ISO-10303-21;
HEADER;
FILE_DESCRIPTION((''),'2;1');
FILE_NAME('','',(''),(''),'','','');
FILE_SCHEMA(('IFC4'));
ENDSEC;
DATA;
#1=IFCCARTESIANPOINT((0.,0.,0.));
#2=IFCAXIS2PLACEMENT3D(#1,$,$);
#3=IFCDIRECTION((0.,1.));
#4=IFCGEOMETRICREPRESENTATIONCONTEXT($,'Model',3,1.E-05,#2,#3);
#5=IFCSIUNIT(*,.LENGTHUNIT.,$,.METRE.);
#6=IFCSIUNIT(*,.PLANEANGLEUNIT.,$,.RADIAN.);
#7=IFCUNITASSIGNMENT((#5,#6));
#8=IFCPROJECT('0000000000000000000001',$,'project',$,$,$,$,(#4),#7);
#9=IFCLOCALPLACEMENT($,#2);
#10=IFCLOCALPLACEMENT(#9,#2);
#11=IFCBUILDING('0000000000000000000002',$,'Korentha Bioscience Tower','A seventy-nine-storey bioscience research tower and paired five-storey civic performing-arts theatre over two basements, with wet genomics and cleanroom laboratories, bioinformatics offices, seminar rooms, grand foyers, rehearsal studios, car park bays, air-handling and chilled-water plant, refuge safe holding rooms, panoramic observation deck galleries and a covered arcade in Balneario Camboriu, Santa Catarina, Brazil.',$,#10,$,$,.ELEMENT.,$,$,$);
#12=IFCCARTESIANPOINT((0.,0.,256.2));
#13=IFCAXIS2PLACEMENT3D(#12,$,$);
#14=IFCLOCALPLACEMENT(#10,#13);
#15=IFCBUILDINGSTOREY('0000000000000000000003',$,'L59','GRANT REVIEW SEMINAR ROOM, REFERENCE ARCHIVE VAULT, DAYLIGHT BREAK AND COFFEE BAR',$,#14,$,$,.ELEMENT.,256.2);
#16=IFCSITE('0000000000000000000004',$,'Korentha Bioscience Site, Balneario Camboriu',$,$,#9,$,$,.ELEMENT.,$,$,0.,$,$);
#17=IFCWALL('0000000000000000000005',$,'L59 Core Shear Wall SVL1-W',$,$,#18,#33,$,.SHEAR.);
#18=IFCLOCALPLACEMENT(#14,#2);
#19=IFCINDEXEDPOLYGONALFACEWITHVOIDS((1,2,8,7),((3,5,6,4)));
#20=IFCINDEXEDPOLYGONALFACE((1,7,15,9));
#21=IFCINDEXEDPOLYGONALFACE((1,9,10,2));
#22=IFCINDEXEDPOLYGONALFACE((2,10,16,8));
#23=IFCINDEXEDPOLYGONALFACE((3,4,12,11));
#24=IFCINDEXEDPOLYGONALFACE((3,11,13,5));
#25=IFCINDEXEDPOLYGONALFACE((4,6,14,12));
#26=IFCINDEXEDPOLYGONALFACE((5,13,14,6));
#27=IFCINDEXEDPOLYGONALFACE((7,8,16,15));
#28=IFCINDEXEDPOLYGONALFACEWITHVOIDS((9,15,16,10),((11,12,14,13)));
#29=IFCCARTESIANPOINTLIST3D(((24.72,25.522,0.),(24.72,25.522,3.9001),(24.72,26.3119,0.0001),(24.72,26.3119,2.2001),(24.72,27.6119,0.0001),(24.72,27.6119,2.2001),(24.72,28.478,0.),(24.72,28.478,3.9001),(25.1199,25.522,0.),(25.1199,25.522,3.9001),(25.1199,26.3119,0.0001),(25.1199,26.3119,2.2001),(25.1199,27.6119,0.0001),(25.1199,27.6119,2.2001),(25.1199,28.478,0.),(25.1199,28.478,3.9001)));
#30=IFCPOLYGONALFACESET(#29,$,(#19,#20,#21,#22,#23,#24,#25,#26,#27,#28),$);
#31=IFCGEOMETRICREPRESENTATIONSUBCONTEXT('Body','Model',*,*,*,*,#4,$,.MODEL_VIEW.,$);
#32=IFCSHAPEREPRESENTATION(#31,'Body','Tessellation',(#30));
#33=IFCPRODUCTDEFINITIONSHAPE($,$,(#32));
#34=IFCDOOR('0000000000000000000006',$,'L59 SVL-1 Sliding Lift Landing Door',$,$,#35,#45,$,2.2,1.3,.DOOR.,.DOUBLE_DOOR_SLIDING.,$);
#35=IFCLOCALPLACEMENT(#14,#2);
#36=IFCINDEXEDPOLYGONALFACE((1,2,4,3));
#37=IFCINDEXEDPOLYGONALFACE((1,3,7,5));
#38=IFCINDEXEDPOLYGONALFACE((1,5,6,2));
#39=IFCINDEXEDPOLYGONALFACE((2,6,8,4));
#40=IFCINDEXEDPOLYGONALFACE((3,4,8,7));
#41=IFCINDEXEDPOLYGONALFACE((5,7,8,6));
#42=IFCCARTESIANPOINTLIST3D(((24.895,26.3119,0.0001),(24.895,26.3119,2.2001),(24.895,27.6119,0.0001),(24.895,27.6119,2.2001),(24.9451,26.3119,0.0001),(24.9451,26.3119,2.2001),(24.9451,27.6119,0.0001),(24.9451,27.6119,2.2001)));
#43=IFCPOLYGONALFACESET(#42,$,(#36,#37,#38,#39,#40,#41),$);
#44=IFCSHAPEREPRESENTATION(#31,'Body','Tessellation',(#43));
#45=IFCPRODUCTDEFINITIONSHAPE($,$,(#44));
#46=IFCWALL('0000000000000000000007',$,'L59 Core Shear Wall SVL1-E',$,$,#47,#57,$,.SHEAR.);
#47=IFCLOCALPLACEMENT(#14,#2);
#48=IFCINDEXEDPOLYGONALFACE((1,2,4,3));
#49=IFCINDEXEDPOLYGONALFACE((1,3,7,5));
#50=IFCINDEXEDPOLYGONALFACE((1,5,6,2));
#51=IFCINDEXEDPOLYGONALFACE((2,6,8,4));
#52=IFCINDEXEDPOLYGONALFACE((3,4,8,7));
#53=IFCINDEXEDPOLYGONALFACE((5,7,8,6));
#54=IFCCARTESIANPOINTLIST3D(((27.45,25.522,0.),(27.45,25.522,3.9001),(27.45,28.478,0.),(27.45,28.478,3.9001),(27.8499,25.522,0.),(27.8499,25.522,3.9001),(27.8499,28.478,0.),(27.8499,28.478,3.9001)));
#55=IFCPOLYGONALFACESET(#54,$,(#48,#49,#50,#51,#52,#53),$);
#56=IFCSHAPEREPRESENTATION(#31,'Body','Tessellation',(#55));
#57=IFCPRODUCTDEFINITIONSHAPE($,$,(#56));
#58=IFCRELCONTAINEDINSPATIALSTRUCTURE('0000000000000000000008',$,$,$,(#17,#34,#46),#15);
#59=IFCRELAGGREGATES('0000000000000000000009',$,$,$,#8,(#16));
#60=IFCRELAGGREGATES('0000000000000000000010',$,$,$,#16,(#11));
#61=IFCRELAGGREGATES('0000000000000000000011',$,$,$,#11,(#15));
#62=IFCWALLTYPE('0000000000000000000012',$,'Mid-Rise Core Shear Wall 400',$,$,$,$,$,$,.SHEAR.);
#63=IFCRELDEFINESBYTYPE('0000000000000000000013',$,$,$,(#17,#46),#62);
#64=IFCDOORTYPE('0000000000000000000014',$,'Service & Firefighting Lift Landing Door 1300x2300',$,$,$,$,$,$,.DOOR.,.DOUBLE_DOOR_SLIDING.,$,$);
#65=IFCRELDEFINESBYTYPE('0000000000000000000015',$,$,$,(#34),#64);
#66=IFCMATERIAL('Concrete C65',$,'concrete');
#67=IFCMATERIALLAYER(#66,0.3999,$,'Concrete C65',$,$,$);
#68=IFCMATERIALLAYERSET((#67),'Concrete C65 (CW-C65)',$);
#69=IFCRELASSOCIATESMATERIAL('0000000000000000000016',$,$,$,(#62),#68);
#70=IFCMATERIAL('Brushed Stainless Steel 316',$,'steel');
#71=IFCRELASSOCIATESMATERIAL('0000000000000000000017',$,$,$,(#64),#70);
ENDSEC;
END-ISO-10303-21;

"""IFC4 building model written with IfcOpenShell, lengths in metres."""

from ifc_helpers import new_model, si_unit, direction, frame, frame_2d, origin, place, context, subcontext, project, spatial, rectangle, extrude, material, layer, layer_set, type_object, element, fill, save


model = new_model("IFC4")

# Units and contexts
model_context = context("Model", 3, precision=1e-05, world=origin(), true_north=direction((0.0, 1.0)))
body_context = subcontext(model_context, "Body", "Model", "MODEL_VIEW")
ifc_project = project(units=[si_unit("LENGTHUNIT", "METRE"), si_unit("PLANEANGLEUNIT", "RADIAN")], contexts=[model_context])

# Site, building, storey
site_placement = place(None, origin())
site = spatial("IfcSite", under=ifc_project, at=site_placement, Name="Korentha Bioscience Site, Balneario Camboriu", CompositionType="ELEMENT", RefElevation=0.0)
building_placement = place(site_placement, origin())
building = spatial("IfcBuilding", under=site, at=building_placement, Name="Korentha Bioscience Tower", Description="A seventy-nine-storey bioscience research tower and paired five-storey civic performing-arts theatre over two basements, with wet genomics and cleanroom laboratories, bioinformatics offices, seminar rooms, grand foyers, rehearsal studios, car park bays, air-handling and chilled-water plant, refuge safe holding rooms, panoramic observation deck galleries and a covered arcade in Balneario Camboriu, Santa Catarina, Brazil.", CompositionType="ELEMENT")
storey_placement = place(building_placement, frame((0.0, 0.0, 256.2)))
storey = spatial("IfcBuildingStorey", under=building, at=storey_placement, Name="L59", Description="GRANT REVIEW SEMINAR ROOM, REFERENCE ARCHIVE VAULT, DAYLIGHT BREAK AND COFFEE BAR", CompositionType="ELEMENT", Elevation=256.2)

# Shared definitions
ifc_material_1 = material(Name="Concrete C65", Category="concrete")

# Shared definitions
ifc_layer_1 = layer(ifc_material_1, 0.3999, Name="Concrete C65")
ifc_layer_set_1 = layer_set([ifc_layer_1], Name="Concrete C65 (CW-C65)")
wall_type_1 = type_object("IfcWallType", Name="Mid-Rise Core Shear Wall 400", PredefinedType="SHEAR", material=ifc_layer_set_1)

# Shared definitions
ifc_material_2 = material(Name="Brushed Stainless Steel 316", Category="steel")
door_type_1 = type_object("IfcDoorType", Name="Service & Firefighting Lift Landing Door 1300x2300", OperationType="DOUBLE_DOOR_SLIDING", PredefinedType="DOOR", material=ifc_material_2)

# Wall, opening, door
wall_1_placement = place(storey_placement, frame((24.9199, 25.522, 0.0), z_axis=(0.0, 0.0, 1.0), x_axis=(0.0, 1.0, 0.0)))
wall_1 = element("IfcWall", 1, at=wall_1_placement, inside=storey, type_object=wall_type_1, Name="L59 Core Shear Wall SVL1-W", PredefinedType="SHEAR", context=body_context, shape_type="SweptSolid", body=[
    extrude(rectangle(XDim=2.9561, YDim=0.3999, at=frame_2d((1.478, 0.0))), origin(), (0.0, 0.0, 1.0), 3.9001),
])
opening_1_placement = place(wall_1_placement, frame((0.79, 0.0, 0.0)))
opening_1 = element("IfcOpeningElement", 2, at=opening_1_placement, cuts=wall_1, PredefinedType="OPENING", context=body_context, shape_type="SweptSolid", body=[
    extrude(rectangle(XDim=1.3, YDim=2.2, at=frame_2d((0.6499, 1.1001))), frame((0.0, 0.2148, 0.0), z_axis=(0.0, -1.0, 0.0), x_axis=(1.0, 0.0, 0.0)), (0.0, 0.0, 1.0), 0.4297),
])
door_1_placement = place(opening_1_placement, origin())
door_1 = element("IfcDoor", 3, at=door_1_placement, inside=storey, type_object=door_type_1, Name="L59 SVL-1 Sliding Lift Landing Door", OperationType="DOUBLE_DOOR_SLIDING", OverallHeight=2.2, OverallWidth=1.3, PredefinedType="DOOR", context=body_context, shape_type="SweptSolid", body=[
    extrude(rectangle(XDim=1.3, YDim=2.2, at=frame_2d((0.6499, 1.1001))), frame((0.0, 0.0249, 0.0), z_axis=(0.0, -1.0, 0.0), x_axis=(1.0, 0.0, 0.0)), (0.0, 0.0, 1.0), 0.05),
])
fill(opening_1, door_1)

# Wall
wall_2_placement = place(storey_placement, frame((27.6499, 25.522, 0.0), z_axis=(0.0, 0.0, 1.0), x_axis=(0.0, 1.0, 0.0)))
element("IfcWall", 4, at=wall_2_placement, inside=storey, type_object=wall_type_1, Name="L59 Core Shear Wall SVL1-E", PredefinedType="SHEAR", context=body_context, shape_type="SweptSolid", body=[
    extrude(rectangle(XDim=2.9561, YDim=0.3999, at=frame_2d((1.478, 0.0))), origin(), (0.0, 0.0, 1.0), 3.9001),
])

save(model, "model.ifc")
